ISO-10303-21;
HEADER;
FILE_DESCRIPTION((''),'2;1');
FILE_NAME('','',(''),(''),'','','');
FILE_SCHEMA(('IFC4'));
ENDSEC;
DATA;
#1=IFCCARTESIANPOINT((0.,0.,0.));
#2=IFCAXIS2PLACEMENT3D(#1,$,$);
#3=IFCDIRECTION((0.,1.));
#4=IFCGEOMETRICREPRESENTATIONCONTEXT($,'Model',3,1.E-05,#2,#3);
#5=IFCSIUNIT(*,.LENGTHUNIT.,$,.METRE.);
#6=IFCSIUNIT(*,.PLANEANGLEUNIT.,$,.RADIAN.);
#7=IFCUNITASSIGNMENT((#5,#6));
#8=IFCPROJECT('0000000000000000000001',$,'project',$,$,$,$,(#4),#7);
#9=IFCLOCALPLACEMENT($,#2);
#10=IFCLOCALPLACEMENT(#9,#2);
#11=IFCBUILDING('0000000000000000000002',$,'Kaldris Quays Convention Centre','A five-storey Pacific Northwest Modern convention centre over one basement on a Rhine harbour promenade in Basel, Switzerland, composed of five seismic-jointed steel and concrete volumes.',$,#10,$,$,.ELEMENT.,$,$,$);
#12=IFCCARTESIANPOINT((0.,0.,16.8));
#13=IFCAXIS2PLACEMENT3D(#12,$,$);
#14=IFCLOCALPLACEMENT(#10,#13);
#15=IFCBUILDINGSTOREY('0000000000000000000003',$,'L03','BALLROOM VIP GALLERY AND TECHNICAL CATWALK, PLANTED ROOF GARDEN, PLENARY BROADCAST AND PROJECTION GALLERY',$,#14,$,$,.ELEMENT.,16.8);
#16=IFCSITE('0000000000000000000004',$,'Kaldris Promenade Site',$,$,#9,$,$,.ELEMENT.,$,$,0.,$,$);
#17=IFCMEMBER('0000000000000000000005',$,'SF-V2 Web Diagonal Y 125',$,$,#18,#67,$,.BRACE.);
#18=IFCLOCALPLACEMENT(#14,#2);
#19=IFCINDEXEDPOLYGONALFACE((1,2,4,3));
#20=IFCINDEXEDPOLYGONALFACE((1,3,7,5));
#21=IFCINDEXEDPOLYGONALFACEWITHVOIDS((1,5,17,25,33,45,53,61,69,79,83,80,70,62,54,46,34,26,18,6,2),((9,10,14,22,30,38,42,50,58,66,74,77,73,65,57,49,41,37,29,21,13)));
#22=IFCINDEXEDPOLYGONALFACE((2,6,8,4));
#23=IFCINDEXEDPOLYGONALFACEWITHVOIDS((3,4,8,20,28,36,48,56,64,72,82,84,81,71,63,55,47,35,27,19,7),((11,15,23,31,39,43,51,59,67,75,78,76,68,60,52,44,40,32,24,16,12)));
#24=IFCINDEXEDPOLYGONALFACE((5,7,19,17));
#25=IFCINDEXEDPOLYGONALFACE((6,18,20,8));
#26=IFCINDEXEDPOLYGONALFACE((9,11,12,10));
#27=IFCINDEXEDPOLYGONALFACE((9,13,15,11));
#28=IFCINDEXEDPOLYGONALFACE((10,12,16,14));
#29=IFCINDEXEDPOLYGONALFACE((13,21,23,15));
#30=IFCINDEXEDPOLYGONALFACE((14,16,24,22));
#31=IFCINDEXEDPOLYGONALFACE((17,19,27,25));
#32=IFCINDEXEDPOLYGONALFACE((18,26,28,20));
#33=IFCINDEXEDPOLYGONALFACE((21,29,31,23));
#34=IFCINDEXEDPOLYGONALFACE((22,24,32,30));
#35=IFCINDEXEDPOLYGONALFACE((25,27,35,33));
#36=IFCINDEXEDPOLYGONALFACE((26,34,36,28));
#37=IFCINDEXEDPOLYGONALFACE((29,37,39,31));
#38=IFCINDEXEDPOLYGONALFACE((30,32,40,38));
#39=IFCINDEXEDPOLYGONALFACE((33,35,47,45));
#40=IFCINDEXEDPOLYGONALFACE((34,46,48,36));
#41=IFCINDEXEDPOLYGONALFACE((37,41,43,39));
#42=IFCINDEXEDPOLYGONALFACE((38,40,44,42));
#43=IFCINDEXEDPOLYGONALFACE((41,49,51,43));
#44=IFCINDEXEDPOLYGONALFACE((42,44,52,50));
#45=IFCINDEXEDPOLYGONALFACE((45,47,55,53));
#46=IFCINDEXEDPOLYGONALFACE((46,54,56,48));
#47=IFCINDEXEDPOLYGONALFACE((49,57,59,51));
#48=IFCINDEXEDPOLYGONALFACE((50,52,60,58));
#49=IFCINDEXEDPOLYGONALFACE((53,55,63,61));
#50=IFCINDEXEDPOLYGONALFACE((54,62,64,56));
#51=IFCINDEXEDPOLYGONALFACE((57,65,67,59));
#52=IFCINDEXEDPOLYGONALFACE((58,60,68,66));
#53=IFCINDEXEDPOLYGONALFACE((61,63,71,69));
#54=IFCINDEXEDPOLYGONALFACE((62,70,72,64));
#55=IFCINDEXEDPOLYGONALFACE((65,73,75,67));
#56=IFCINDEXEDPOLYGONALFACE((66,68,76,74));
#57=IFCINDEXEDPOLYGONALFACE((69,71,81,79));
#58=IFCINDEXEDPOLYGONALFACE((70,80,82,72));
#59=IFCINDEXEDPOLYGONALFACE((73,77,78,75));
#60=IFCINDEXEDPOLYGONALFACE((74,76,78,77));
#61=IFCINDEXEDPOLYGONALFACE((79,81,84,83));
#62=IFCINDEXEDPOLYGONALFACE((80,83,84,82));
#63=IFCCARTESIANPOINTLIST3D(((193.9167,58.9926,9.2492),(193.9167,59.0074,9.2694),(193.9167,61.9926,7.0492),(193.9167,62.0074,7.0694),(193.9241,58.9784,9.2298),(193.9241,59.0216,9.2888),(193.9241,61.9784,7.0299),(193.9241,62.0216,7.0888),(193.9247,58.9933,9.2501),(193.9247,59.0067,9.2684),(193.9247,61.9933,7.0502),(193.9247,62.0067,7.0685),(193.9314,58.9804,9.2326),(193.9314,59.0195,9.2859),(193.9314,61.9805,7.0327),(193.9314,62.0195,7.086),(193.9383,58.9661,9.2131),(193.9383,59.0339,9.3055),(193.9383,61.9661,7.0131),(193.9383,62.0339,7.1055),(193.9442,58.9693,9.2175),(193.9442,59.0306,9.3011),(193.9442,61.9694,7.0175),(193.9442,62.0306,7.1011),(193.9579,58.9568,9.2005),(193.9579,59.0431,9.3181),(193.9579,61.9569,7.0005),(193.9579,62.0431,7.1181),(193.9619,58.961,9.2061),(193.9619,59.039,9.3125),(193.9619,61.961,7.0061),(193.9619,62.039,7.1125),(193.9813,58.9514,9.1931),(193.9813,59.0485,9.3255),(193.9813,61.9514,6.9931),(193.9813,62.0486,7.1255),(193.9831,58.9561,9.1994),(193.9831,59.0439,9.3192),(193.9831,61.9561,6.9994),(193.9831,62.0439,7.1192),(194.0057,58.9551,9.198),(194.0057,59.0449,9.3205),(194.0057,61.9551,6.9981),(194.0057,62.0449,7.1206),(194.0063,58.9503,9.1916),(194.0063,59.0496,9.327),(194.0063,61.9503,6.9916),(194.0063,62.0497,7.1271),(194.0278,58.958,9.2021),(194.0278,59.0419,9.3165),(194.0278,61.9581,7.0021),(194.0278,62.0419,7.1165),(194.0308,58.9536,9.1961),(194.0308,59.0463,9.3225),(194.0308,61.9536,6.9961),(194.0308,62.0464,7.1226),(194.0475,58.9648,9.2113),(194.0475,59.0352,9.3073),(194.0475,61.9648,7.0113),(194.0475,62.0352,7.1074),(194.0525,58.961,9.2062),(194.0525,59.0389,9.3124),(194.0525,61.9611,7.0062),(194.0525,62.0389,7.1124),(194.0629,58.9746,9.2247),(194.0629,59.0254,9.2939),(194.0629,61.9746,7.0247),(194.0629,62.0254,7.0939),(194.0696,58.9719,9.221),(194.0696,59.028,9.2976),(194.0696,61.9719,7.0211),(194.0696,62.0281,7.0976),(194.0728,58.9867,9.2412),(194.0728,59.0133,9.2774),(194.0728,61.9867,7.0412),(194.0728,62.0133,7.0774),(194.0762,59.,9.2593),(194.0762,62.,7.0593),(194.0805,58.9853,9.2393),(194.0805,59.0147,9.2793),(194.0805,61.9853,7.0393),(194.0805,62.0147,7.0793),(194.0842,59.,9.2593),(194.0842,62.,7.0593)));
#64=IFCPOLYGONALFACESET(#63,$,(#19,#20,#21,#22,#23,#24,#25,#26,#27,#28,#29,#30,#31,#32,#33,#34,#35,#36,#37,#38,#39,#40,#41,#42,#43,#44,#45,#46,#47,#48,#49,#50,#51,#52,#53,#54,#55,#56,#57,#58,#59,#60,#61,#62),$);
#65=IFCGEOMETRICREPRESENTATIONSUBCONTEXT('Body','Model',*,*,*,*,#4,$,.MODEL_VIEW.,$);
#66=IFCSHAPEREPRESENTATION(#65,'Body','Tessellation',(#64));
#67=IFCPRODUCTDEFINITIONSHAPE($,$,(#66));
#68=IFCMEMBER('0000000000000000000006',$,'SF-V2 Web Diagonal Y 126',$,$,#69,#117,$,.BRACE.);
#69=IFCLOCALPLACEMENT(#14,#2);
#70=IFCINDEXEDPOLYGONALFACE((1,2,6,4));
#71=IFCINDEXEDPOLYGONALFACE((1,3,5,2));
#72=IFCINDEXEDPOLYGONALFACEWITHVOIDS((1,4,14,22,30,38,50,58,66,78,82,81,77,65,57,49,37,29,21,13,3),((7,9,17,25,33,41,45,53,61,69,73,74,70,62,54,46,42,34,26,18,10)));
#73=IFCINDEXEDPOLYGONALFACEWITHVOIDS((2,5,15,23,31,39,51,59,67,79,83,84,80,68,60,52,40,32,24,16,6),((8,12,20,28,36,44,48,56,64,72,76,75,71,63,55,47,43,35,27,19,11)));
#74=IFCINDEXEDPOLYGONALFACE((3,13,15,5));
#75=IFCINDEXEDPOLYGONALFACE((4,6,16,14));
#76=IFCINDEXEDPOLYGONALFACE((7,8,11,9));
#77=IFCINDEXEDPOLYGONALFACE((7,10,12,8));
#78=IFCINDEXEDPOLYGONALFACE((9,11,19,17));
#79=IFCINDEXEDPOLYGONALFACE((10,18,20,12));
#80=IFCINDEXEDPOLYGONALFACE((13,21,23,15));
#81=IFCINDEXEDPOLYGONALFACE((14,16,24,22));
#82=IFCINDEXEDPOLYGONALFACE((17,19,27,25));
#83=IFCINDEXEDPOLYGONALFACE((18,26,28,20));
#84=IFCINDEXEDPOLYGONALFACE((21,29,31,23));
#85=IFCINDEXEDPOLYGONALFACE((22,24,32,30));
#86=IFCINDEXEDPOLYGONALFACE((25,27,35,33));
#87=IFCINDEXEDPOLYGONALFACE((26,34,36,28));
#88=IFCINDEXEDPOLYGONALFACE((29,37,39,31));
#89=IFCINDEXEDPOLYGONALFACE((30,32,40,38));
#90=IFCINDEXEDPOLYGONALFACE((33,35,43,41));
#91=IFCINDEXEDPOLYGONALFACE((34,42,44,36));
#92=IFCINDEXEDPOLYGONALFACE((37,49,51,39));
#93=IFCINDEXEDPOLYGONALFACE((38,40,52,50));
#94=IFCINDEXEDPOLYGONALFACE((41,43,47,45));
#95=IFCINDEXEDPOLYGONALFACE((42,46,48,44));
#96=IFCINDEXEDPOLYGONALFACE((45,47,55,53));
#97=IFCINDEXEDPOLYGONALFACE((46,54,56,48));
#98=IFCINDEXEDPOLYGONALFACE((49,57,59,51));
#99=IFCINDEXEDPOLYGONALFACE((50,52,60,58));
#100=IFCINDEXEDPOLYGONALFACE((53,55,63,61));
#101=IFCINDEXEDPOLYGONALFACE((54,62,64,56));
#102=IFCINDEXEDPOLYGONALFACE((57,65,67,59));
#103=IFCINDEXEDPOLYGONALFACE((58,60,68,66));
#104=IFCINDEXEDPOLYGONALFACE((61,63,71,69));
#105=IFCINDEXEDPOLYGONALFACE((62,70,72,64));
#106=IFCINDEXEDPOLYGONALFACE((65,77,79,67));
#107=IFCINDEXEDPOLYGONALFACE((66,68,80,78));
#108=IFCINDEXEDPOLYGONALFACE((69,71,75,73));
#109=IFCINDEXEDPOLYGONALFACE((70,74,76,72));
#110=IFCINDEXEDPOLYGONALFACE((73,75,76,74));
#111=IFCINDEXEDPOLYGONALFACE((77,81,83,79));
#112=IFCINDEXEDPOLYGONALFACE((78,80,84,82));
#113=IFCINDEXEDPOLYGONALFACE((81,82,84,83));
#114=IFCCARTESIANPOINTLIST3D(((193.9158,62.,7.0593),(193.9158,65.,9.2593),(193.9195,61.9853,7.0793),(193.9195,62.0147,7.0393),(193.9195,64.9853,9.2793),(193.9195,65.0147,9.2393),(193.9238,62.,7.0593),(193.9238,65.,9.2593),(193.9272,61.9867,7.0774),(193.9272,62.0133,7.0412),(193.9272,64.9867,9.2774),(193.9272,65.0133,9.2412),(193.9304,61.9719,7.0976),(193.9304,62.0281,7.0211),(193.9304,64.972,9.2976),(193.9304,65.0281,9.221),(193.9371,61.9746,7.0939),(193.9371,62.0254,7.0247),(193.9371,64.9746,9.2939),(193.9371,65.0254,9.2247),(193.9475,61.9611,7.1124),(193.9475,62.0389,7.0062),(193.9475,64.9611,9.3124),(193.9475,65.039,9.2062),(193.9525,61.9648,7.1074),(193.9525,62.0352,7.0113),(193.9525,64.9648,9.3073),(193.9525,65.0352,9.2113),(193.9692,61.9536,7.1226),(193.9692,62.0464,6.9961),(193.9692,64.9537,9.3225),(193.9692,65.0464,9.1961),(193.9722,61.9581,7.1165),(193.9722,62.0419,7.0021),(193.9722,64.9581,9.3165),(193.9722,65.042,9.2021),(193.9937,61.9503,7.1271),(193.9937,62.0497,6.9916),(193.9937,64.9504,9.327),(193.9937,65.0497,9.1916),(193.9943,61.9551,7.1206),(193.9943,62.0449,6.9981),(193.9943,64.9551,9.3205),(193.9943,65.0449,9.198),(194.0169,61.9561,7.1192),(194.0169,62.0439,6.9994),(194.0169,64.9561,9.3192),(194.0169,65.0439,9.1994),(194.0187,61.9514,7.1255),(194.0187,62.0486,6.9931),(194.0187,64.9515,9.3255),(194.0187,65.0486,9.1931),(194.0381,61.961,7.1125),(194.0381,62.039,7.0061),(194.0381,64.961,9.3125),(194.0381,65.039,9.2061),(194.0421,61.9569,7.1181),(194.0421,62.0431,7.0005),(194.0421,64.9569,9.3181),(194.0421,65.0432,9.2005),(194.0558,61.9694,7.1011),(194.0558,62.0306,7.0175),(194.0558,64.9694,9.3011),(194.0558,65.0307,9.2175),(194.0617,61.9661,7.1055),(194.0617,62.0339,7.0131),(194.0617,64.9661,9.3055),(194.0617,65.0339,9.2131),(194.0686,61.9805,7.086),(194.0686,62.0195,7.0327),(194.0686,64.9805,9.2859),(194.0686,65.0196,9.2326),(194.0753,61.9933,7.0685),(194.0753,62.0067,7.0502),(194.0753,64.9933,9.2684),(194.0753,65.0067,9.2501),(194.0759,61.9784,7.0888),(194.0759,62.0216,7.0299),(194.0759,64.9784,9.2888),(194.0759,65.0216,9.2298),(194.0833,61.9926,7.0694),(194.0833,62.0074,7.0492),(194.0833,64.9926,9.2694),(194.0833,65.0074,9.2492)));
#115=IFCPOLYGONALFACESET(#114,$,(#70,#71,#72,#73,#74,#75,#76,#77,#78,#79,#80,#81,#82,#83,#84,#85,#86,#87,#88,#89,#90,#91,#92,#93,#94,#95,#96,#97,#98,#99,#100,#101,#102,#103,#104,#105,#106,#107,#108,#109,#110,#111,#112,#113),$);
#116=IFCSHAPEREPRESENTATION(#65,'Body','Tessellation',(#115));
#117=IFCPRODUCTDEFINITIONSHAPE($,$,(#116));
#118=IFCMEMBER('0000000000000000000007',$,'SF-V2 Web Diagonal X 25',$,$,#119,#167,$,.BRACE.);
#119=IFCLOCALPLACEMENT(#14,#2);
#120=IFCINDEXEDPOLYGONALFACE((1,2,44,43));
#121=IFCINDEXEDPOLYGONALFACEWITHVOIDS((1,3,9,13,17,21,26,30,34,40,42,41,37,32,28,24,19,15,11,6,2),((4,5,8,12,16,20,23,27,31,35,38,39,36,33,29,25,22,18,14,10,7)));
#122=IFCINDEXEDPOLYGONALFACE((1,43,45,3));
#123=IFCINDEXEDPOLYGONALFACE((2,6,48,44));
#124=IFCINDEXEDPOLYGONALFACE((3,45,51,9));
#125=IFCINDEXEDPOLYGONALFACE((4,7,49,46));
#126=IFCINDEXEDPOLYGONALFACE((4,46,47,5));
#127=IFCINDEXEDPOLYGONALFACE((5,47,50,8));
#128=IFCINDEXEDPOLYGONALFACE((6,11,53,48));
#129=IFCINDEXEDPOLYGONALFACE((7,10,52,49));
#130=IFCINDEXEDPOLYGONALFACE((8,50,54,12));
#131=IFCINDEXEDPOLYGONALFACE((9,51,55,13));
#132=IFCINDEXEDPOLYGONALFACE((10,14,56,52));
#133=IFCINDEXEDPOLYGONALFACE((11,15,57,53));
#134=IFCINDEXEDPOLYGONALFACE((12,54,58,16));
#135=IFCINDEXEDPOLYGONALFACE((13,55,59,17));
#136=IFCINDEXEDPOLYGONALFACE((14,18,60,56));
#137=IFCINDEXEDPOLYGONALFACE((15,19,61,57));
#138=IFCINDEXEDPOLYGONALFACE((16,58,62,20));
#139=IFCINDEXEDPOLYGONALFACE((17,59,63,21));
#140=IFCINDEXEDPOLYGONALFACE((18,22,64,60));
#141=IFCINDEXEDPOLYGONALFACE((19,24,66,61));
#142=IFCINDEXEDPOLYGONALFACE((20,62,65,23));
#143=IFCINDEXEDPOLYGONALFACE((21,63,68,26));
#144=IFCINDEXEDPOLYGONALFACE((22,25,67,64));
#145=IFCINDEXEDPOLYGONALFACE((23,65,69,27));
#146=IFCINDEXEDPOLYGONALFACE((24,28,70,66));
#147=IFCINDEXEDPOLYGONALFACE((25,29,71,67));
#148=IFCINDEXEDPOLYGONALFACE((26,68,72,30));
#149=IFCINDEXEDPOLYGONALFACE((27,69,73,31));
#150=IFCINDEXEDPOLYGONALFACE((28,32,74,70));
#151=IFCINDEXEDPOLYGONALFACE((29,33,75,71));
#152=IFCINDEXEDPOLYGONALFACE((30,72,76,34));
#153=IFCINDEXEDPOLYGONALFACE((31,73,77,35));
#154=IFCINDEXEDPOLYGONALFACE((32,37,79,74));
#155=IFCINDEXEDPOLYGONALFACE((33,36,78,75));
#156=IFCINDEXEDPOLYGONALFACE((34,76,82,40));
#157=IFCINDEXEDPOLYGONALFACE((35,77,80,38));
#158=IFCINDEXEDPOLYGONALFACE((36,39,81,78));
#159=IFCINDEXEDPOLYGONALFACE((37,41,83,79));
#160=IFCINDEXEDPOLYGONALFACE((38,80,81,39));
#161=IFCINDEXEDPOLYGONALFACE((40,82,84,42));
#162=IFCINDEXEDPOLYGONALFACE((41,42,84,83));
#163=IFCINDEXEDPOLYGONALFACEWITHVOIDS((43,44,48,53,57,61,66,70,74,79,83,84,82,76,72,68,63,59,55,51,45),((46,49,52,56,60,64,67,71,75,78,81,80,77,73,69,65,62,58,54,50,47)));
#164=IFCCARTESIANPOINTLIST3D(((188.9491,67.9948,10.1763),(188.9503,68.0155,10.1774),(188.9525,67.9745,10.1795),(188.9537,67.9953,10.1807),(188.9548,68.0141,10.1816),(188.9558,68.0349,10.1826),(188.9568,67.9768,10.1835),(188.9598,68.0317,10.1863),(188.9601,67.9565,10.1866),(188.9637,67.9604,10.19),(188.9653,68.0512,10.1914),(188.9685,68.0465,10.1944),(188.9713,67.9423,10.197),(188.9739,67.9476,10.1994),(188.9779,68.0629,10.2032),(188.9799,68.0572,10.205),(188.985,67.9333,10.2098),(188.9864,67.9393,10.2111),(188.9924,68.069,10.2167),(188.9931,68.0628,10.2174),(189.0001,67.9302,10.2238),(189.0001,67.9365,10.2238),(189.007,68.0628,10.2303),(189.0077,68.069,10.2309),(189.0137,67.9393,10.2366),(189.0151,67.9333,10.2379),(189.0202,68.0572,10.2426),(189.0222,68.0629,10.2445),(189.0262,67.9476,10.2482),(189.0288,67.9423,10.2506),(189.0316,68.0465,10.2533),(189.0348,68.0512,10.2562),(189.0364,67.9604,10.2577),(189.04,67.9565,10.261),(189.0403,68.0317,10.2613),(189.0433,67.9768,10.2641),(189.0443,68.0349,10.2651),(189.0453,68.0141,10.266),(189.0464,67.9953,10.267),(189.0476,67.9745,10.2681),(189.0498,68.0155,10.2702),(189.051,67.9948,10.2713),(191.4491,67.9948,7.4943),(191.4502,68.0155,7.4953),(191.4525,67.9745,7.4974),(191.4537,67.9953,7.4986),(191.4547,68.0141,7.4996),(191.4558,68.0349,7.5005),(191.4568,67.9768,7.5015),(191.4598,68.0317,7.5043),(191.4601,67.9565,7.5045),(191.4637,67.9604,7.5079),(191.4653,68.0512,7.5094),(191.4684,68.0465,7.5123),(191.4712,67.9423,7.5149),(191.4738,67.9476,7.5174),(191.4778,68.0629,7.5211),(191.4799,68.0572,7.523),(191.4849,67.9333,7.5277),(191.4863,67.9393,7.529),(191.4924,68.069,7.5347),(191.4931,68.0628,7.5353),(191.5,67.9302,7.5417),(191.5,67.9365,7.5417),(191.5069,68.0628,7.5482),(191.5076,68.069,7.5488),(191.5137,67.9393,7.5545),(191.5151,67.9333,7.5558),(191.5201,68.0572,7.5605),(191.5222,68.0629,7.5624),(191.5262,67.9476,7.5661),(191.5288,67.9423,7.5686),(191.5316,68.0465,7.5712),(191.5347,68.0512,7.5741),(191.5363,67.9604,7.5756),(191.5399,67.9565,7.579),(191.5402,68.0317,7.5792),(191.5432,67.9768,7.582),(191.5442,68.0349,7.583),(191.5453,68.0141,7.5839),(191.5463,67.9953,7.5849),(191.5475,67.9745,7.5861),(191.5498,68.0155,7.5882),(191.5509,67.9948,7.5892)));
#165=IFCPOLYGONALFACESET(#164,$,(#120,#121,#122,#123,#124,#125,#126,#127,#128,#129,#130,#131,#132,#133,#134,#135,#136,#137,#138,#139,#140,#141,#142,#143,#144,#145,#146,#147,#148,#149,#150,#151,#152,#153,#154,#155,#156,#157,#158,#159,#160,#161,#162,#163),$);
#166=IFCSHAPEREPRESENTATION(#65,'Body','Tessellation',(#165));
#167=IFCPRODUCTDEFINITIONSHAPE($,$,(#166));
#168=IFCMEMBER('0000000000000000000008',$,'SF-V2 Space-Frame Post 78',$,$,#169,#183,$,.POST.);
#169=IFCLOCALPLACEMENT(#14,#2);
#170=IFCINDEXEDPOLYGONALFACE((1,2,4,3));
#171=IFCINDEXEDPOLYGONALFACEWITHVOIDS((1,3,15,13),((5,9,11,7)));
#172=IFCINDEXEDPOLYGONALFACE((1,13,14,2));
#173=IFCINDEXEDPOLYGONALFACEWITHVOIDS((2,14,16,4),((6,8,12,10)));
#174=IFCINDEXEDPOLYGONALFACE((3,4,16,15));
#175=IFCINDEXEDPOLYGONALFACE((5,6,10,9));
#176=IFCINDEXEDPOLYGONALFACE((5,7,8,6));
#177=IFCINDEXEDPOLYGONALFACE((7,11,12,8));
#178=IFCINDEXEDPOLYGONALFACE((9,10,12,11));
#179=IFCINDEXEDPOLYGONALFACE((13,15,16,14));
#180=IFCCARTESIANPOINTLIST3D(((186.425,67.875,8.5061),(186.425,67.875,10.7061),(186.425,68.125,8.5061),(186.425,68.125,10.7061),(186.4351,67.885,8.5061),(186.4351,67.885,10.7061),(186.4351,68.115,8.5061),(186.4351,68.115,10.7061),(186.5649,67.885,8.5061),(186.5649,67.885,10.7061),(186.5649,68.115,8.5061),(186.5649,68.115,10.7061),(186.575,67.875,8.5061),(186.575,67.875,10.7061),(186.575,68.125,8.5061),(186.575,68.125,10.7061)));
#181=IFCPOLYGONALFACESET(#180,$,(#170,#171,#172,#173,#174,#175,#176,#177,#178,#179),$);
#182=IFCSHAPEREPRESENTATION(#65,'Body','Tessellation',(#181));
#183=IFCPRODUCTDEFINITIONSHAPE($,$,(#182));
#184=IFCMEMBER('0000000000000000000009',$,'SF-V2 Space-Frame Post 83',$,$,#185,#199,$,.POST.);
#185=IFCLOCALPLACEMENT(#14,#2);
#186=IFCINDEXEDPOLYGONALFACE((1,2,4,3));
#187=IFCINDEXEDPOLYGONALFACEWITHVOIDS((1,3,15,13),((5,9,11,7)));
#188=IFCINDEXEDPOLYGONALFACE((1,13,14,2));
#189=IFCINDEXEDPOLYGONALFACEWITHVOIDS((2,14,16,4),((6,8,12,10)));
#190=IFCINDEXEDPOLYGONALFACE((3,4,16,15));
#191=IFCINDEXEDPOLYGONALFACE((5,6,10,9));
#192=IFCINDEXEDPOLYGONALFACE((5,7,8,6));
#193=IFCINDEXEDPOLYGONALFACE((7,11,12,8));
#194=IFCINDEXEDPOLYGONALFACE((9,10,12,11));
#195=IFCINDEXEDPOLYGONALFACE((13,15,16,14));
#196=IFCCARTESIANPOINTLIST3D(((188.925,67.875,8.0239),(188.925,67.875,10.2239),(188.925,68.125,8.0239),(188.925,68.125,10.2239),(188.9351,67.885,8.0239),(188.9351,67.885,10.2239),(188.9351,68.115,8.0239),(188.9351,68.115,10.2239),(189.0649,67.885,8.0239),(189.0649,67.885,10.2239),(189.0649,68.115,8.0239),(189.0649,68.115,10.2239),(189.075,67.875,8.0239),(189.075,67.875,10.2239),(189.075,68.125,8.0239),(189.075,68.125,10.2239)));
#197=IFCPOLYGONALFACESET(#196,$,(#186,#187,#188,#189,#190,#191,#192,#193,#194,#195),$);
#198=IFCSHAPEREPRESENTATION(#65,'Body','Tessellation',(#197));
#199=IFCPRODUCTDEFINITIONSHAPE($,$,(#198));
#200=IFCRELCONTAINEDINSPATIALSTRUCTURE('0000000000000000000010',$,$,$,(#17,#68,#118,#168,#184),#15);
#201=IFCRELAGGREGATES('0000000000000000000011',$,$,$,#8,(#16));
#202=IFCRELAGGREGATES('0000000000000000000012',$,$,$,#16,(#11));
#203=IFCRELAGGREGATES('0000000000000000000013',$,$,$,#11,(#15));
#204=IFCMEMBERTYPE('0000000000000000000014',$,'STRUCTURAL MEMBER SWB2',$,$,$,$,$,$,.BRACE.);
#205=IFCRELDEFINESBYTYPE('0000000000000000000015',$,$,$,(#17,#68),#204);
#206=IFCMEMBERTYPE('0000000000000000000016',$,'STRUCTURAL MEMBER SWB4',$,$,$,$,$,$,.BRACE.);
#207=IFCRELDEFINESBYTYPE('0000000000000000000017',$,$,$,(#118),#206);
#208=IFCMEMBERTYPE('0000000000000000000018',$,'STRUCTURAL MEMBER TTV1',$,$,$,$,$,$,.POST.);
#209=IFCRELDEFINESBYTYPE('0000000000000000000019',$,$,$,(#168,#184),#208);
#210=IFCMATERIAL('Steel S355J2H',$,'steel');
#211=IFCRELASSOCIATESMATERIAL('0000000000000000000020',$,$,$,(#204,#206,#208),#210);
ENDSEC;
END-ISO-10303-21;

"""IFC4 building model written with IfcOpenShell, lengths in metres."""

from ifc_helpers import new_model, si_unit, direction, frame, origin, origin_2d, place, context, subcontext, project, spatial, hollow_rectangle, hollow_circle, extrude, material, material_profile, profile_set, type_object, element, save


model = new_model("IFC4")

# Units and contexts
model_context = context("Model", 3, precision=1e-05, world=origin(), true_north=direction((0.0, 1.0)))
body_context = subcontext(model_context, "Body", "Model", "MODEL_VIEW")
ifc_project = project(units=[si_unit("LENGTHUNIT", "METRE"), si_unit("PLANEANGLEUNIT", "RADIAN")], contexts=[model_context])

# Site, building, storey
site_placement = place(None, origin())
site = spatial("IfcSite", under=ifc_project, at=site_placement, Name="Kaldris Promenade Site", CompositionType="ELEMENT", RefElevation=0.0)
building_placement = place(site_placement, origin())
building = spatial("IfcBuilding", under=site, at=building_placement, Name="Kaldris Quays Convention Centre", Description="A five-storey Pacific Northwest Modern convention centre over one basement on a Rhine harbour promenade in Basel, Switzerland, composed of five seismic-jointed steel and concrete volumes.", CompositionType="ELEMENT")
storey_placement = place(building_placement, frame((0.0, 0.0, 16.8)))
storey = spatial("IfcBuildingStorey", under=building, at=storey_placement, Name="L03", Description="BALLROOM VIP GALLERY AND TECHNICAL CATWALK, PLANTED ROOF GARDEN, PLENARY BROADCAST AND PROJECTION GALLERY", CompositionType="ELEMENT", Elevation=16.8)

# Members
ifc_material_1 = material(Name="Steel S355J2H", Category="steel")
ifc_material_profile_1 = material_profile(ifc_material_1, hollow_circle(Radius=0.0842, WallThickness=0.0081, at=origin_2d()), Name="CHS 168.3x8")
ifc_profile_set_1 = profile_set([ifc_material_profile_1], Name="Steel S355J2H")
member_type_1 = type_object("IfcMemberType", Name="STRUCTURAL MEMBER SWB2", PredefinedType="BRACE", material=ifc_profile_set_1)
for number, where, z_axis, x_axis, name in (
    (1, (194.0, 62.0, 7.0593), (0.0, -0.806411, 0.591355), (1.0, 0.0, 0.0), "SF-V2 Web Diagonal Y 125"),
    (2, (194.0, 62.0, 7.0593), (0.0, 0.806411, 0.591355), (-1.0, 0.0, 0.0), "SF-V2 Web Diagonal Y 126"),
):
    element("IfcMember", number, at=place(storey_placement, frame(where, z_axis=z_axis, x_axis=x_axis)), inside=storey, type_object=member_type_1, Name=name, PredefinedType="BRACE", context=body_context, shape_type="SweptSolid", body=[
        extrude(hollow_circle(Radius=0.0842, WallThickness=0.0081, at=origin_2d()), origin(), (0.0, 0.0, 1.0), 3.7202),
    ])
ifc_material_profile_2 = material_profile(ifc_material_1, hollow_circle(Radius=0.0698, WallThickness=0.0063, at=origin_2d()), Name="CHS 139.7x6.3")
ifc_profile_set_2 = profile_set([ifc_material_profile_2], Name="Steel S355J2H")
member_type_2 = type_object("IfcMemberType", Name="STRUCTURAL MEMBER SWB4", PredefinedType="BRACE", material=ifc_profile_set_2)
member_1_placement = place(storey_placement, frame((191.5, 68.0, 7.5417), z_axis=(-0.681834, 0.0, 0.731507), x_axis=(0.0, -1.0, 0.0)))
element("IfcMember", 3, at=member_1_placement, inside=storey, type_object=member_type_2, Name="SF-V2 Web Diagonal X 25", PredefinedType="BRACE", context=body_context, shape_type="SweptSolid", body=[
    extrude(hollow_circle(Radius=0.0698, WallThickness=0.0063, at=origin_2d()), origin(), (0.0, 0.0, 1.0), 3.6665),
])
ifc_material_profile_3 = material_profile(ifc_material_1, hollow_rectangle(XDim=0.1499, YDim=0.25, WallThickness=0.01, at=origin_2d()), Name="RHS 250x150x10")
ifc_profile_set_3 = profile_set([ifc_material_profile_3], Name="Steel S355J2H")
member_type_3 = type_object("IfcMemberType", Name="STRUCTURAL MEMBER TTV1", PredefinedType="POST", material=ifc_profile_set_3)
for number, where, z_axis, x_axis, name in (
    (4, (186.5, 68.0, 8.5061), (0.0, 0.0, 1.0), (1.0, 0.0, 0.0), "SF-V2 Space-Frame Post 78"),
    (5, (189.0, 68.0, 8.0239), (0.0, 0.0, 1.0), (1.0, 0.0, 0.0), "SF-V2 Space-Frame Post 83"),
):
    element("IfcMember", number, at=place(storey_placement, frame(where, z_axis=z_axis, x_axis=x_axis)), inside=storey, type_object=member_type_3, Name=name, PredefinedType="POST", context=body_context, shape_type="SweptSolid", body=[
        extrude(hollow_rectangle(XDim=0.1499, YDim=0.25, WallThickness=0.01, at=origin_2d()), origin(), (0.0, 0.0, 1.0), 2.2),
    ])

save(model, "model.ifc")
